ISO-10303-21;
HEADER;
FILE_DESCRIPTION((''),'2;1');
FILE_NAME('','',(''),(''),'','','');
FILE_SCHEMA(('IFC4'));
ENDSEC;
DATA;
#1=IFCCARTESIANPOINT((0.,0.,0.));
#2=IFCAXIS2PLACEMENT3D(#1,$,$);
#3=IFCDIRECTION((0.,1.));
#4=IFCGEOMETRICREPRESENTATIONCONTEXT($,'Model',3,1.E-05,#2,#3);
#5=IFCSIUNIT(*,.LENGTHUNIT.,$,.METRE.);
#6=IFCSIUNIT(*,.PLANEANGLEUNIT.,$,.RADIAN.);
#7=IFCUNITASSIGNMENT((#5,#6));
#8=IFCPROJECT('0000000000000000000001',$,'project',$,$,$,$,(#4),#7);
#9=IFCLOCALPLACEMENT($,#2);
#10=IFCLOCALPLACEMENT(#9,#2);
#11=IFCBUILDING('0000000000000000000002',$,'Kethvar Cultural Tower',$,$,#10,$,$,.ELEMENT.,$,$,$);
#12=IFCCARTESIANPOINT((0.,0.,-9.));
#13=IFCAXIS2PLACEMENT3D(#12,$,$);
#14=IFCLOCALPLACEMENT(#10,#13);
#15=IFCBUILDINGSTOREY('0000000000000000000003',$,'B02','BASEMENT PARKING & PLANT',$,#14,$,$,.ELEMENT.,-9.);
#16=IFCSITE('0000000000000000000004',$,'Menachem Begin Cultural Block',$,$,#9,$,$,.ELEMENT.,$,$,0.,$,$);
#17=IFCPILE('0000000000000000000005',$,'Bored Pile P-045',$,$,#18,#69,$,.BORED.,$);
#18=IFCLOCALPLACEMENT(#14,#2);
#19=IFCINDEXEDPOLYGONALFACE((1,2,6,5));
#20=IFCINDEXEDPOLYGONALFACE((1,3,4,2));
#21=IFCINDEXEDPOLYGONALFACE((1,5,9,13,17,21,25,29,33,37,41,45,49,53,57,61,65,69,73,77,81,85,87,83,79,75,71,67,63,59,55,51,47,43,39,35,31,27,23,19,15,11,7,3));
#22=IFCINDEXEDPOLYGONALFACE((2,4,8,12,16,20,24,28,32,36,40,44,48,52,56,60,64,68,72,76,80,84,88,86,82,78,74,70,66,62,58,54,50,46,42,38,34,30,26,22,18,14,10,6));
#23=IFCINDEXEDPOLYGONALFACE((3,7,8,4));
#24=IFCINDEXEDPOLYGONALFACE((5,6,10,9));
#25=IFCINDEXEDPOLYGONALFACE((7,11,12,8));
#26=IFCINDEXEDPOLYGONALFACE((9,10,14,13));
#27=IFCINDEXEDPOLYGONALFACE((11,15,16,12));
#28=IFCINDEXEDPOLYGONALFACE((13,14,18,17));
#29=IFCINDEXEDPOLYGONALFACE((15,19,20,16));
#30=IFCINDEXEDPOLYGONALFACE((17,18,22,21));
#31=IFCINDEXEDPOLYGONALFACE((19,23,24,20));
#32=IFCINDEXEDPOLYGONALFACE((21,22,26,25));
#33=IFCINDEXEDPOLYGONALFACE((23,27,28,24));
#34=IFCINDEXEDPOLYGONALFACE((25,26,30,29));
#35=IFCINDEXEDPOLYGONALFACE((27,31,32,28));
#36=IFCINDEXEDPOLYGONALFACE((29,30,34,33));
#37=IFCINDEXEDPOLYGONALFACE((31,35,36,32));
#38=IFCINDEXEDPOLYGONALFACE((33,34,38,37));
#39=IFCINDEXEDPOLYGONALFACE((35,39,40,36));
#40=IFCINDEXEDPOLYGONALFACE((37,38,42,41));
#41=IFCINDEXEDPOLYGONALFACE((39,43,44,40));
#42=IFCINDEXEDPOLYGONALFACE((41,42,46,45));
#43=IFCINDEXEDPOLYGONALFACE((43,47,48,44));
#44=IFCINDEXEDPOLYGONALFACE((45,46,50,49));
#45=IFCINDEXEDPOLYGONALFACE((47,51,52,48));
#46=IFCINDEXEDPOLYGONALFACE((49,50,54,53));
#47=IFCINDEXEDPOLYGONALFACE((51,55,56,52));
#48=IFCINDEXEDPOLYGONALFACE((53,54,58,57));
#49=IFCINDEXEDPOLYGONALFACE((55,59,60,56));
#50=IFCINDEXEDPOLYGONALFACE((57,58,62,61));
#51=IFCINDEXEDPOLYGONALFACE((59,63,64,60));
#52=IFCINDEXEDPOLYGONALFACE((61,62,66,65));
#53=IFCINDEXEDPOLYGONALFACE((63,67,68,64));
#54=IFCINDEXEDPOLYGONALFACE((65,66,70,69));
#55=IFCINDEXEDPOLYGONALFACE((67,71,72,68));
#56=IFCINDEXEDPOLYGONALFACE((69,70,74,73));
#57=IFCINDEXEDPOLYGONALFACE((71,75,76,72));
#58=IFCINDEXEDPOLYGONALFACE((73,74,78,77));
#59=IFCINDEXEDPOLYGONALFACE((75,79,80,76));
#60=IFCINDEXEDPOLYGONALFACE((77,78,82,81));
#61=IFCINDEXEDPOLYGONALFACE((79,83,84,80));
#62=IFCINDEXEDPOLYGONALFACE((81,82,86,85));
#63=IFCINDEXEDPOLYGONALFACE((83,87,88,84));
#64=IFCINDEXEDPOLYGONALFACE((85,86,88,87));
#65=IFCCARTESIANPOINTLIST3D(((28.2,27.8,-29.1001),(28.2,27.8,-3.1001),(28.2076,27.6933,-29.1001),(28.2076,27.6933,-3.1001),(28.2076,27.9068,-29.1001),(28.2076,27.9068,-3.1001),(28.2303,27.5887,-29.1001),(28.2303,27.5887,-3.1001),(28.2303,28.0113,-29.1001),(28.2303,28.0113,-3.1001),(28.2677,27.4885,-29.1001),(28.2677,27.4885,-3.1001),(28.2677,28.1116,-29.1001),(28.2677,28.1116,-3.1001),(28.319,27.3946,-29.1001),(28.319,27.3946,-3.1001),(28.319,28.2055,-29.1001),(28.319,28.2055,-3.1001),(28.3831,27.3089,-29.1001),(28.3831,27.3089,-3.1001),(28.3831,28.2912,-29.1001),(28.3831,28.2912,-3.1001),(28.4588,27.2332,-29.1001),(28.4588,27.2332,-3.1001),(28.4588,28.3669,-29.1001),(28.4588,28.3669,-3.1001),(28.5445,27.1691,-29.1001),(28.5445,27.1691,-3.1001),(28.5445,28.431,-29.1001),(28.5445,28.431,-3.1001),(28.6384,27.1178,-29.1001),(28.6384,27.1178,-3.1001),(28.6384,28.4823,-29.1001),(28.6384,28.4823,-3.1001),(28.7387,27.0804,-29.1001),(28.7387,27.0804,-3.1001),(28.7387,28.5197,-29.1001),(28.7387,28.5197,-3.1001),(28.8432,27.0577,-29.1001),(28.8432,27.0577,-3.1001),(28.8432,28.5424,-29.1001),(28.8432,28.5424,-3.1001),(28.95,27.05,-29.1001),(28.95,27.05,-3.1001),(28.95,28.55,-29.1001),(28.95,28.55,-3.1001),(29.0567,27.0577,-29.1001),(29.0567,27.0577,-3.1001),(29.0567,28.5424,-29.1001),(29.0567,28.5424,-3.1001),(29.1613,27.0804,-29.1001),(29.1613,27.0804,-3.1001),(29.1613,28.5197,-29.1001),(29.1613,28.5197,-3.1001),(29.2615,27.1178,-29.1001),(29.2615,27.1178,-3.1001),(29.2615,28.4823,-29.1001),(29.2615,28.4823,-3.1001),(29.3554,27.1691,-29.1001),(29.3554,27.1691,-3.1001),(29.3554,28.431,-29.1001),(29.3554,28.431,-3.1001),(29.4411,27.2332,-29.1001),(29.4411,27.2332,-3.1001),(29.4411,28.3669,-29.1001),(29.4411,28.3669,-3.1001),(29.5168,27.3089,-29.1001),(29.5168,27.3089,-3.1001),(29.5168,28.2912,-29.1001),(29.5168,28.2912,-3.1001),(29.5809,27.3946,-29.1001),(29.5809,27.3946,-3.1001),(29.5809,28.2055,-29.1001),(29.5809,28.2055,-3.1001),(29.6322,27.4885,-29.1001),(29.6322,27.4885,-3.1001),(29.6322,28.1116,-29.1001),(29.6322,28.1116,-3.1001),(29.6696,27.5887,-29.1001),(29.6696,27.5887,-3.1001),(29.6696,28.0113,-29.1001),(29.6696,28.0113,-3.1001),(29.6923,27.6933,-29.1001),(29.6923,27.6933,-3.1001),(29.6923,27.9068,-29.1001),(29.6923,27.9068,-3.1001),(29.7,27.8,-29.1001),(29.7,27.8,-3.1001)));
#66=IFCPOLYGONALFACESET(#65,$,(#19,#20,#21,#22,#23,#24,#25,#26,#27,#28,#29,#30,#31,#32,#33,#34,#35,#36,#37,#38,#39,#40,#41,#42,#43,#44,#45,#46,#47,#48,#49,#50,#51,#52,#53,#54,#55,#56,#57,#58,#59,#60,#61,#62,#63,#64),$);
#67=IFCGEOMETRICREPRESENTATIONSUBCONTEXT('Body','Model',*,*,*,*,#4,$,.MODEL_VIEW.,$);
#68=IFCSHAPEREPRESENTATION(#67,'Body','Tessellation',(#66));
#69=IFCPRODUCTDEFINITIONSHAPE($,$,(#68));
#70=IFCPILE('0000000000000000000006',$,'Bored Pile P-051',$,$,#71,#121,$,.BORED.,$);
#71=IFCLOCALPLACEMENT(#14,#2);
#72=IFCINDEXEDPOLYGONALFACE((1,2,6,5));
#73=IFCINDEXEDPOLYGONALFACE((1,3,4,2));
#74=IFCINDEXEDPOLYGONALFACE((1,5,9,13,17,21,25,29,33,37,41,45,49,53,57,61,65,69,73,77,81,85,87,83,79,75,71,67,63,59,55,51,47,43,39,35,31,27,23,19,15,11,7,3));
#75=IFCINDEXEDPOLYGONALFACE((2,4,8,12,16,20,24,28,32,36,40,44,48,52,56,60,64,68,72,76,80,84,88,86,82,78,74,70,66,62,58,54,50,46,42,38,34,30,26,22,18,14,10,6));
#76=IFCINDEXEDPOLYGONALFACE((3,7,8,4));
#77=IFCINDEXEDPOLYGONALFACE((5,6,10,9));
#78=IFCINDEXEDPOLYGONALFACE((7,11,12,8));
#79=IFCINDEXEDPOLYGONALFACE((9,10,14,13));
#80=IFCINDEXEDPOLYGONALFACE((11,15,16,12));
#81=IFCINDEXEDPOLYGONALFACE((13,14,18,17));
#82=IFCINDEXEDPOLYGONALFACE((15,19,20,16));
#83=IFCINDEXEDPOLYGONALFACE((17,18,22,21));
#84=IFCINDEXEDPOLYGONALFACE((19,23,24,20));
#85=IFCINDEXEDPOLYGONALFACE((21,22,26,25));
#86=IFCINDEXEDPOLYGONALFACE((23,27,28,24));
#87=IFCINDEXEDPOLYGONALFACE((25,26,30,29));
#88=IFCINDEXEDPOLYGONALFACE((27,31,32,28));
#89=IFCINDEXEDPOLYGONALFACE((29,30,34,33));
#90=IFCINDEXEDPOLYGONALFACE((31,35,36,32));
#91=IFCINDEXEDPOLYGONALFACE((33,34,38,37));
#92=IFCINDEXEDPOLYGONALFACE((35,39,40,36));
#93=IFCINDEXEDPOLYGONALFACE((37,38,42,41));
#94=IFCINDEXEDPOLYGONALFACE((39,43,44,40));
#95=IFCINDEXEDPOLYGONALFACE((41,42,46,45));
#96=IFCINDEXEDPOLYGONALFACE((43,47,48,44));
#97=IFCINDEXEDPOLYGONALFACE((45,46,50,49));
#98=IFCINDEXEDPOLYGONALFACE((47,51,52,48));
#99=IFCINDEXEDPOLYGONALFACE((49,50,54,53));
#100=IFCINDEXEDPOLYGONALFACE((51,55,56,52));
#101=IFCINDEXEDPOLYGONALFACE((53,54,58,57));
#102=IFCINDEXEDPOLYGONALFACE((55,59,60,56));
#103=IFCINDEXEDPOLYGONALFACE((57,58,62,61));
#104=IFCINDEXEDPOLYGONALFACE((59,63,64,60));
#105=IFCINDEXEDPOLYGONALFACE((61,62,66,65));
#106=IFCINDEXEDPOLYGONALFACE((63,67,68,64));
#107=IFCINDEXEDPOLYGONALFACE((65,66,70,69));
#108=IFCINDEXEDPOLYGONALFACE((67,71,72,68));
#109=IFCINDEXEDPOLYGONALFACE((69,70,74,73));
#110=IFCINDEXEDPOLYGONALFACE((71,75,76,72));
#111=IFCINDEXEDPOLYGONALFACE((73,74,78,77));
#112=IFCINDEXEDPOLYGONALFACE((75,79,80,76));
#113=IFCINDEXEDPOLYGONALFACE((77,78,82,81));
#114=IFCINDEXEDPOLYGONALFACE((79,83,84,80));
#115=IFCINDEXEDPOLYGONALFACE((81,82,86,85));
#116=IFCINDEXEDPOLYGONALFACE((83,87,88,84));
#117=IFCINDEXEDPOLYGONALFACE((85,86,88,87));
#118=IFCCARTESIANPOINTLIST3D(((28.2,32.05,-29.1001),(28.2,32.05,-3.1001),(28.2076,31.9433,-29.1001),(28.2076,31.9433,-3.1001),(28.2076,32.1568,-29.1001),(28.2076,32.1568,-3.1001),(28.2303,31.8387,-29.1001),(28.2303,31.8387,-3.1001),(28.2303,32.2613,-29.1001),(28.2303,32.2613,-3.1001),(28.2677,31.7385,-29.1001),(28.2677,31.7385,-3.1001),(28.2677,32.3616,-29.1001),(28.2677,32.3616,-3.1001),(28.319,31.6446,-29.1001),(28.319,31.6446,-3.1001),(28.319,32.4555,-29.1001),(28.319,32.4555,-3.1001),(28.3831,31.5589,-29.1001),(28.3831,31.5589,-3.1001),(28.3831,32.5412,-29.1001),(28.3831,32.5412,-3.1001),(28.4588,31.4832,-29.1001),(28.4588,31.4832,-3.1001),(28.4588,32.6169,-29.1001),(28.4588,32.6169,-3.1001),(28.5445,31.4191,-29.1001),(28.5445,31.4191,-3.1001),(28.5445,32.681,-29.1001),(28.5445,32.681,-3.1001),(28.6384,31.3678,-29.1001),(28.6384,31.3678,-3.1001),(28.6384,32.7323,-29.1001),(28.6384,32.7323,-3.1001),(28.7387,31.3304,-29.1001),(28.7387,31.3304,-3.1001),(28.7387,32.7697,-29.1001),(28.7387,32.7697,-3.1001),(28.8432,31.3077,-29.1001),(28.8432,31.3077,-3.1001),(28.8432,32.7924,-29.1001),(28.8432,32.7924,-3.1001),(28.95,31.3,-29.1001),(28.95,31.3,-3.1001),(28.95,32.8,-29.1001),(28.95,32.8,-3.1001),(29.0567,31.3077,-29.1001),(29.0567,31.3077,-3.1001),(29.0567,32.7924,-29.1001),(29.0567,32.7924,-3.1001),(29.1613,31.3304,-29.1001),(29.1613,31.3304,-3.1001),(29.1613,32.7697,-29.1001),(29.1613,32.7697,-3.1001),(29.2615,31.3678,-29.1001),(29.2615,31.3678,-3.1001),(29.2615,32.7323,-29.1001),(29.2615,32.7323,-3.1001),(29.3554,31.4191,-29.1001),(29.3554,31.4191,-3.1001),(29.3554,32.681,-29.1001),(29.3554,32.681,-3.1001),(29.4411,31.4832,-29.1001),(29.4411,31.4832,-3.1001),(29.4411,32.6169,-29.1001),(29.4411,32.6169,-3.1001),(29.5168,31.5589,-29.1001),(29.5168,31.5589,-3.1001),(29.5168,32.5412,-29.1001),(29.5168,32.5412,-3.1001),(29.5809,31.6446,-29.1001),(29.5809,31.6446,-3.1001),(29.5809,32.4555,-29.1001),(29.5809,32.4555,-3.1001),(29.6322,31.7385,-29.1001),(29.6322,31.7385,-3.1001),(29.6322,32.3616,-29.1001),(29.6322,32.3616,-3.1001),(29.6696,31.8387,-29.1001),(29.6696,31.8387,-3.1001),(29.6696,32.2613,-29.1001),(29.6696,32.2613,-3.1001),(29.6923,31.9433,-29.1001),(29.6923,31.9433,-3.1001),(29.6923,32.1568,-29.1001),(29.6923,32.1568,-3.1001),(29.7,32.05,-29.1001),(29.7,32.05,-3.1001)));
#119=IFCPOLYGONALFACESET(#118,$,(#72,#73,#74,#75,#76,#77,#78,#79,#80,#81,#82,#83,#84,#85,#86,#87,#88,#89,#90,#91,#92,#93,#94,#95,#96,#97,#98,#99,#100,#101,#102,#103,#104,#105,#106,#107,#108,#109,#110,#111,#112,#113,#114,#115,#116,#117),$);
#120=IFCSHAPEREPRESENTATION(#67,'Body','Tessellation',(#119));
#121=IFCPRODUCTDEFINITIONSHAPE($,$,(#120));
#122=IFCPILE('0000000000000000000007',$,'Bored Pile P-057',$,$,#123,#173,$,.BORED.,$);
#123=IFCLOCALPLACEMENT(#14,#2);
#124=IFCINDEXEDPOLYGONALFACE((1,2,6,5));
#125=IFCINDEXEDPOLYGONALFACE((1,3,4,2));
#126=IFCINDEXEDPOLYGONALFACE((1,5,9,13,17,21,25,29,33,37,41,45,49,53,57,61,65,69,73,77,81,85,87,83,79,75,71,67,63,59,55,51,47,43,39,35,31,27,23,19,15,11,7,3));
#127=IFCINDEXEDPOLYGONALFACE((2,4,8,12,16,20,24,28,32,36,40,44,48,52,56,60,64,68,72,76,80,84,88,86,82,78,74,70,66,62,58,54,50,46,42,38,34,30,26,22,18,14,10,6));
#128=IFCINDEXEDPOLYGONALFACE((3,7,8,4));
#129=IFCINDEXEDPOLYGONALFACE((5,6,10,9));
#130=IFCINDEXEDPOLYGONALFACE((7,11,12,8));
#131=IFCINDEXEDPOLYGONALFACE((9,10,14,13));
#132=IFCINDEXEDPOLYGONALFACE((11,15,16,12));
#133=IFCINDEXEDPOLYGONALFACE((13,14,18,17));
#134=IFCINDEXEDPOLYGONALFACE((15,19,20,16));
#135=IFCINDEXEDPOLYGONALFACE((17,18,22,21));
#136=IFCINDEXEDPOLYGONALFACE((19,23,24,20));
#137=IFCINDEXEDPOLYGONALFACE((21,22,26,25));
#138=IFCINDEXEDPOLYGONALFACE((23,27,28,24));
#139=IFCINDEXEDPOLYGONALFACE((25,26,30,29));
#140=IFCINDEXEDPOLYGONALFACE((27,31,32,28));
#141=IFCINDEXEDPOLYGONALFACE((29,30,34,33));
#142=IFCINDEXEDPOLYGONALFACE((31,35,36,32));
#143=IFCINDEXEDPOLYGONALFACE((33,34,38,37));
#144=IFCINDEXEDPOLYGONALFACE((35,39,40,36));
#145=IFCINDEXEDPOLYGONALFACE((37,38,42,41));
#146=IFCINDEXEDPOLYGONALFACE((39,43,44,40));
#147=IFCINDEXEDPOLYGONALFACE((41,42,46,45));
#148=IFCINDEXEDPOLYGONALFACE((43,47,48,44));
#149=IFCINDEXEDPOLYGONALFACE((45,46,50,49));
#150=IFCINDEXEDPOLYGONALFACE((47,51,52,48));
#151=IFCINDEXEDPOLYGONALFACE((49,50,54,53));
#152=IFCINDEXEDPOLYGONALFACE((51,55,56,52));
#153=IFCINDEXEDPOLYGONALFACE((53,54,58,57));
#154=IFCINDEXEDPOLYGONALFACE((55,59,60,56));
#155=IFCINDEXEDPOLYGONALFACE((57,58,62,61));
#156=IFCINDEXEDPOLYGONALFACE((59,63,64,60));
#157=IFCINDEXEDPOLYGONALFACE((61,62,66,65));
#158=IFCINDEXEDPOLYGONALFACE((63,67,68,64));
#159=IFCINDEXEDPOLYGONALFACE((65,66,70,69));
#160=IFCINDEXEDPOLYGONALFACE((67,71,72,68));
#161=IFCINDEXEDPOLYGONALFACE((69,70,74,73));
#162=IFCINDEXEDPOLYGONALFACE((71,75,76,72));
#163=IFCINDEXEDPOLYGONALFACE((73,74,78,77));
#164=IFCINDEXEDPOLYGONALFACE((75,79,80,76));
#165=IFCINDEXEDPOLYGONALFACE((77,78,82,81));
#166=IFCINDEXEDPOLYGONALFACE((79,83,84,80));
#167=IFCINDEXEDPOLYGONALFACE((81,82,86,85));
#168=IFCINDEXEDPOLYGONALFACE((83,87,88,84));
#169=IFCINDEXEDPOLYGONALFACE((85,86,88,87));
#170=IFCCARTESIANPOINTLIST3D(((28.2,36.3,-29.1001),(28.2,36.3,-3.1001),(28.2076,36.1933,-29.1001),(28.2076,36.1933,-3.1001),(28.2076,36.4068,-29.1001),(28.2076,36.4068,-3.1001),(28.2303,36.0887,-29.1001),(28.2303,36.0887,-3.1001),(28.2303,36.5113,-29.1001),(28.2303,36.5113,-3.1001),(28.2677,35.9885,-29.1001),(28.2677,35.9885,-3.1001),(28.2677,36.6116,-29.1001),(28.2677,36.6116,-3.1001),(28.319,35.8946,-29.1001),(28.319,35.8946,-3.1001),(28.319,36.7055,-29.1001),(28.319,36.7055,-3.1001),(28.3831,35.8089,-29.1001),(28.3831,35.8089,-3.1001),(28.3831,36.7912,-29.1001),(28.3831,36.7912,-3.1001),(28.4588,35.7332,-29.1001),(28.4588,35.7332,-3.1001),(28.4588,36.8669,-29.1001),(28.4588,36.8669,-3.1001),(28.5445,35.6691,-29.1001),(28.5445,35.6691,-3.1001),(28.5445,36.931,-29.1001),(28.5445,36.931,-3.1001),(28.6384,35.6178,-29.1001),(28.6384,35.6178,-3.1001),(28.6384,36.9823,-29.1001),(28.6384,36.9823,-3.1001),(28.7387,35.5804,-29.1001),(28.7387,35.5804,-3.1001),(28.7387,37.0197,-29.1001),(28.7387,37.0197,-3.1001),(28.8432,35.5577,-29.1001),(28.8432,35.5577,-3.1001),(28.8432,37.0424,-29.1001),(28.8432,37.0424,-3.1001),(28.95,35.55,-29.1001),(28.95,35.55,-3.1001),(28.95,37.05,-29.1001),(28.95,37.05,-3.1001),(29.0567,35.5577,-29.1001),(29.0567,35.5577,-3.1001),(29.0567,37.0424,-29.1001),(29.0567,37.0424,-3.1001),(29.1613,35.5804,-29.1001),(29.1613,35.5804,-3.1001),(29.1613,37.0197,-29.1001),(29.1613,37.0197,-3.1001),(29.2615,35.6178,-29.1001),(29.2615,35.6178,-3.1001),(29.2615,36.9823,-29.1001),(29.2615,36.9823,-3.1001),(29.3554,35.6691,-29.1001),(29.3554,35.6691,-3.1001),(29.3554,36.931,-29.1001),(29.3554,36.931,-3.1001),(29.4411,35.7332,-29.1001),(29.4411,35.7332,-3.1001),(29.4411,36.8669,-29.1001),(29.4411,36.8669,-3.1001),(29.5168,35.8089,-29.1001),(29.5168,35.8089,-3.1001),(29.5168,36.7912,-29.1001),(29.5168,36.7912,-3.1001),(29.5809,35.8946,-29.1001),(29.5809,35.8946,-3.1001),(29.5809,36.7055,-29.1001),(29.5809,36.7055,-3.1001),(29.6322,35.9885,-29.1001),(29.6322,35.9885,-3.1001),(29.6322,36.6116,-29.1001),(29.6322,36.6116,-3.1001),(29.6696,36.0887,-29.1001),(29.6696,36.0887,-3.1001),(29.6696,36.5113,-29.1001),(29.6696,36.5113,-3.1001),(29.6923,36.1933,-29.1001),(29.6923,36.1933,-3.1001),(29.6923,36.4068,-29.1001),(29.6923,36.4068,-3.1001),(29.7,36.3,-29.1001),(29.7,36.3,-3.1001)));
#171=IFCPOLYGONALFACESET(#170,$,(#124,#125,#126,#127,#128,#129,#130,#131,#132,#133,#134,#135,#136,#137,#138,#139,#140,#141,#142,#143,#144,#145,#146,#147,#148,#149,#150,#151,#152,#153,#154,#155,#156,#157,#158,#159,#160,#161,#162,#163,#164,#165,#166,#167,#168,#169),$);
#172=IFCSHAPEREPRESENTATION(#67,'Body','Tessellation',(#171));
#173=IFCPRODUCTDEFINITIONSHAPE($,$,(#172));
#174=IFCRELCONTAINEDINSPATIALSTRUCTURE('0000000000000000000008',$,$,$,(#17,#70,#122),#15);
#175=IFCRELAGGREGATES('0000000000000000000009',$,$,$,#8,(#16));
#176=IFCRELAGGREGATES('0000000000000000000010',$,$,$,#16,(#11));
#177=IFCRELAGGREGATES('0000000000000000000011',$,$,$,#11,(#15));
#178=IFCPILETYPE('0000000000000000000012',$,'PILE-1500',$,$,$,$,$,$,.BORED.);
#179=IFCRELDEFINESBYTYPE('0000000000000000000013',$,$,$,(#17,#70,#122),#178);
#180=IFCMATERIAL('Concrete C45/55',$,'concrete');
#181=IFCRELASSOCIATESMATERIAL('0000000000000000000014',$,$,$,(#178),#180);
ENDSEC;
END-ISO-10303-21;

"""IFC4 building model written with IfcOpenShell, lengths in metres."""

from ifc_helpers import new_model, si_unit, direction, frame, origin, origin_2d, place, context, subcontext, project, spatial, circle, extrude, source, transform, mapped, material, material_profile, profile_set, type_object, element, save


model = new_model("IFC4")

# Units and contexts
model_context = context("Model", 3, precision=1e-05, world=origin(), true_north=direction((0.0, 1.0)))
body_context = subcontext(model_context, "Body", "Model", "MODEL_VIEW")
ifc_project = project(units=[si_unit("LENGTHUNIT", "METRE"), si_unit("PLANEANGLEUNIT", "RADIAN")], contexts=[model_context])

# Site, building, storey
site_placement = place(None, origin())
site = spatial("IfcSite", under=ifc_project, at=site_placement, Name="Menachem Begin Cultural Block", CompositionType="ELEMENT", RefElevation=0.0)
building_placement = place(site_placement, origin())
building = spatial("IfcBuilding", under=site, at=building_placement, Name="Kethvar Cultural Tower", CompositionType="ELEMENT")
storey_placement = place(building_placement, frame((0.0, 0.0, -9.0)))
storey = spatial("IfcBuildingStorey", under=building, at=storey_placement, Name="B02", Description="BASEMENT PARKING & PLANT", CompositionType="ELEMENT", Elevation=-9.0)

# Piles
ifc_material_1 = material(Name="Concrete C45/55", Category="concrete")
ifc_material_profile_1 = material_profile(ifc_material_1, circle(Radius=0.75, at=origin_2d()), Name="Concrete C45/55 — PILE1500")
ifc_profile_set_1 = profile_set([ifc_material_profile_1], Name="Concrete C45/55 — PILE1500")
pile_type = type_object("IfcPileType", Name="PILE-1500", PredefinedType="BORED", material=ifc_profile_set_1)
shared_shape_1 = source(origin(), body_context, "Body", "SweptSolid", [
    extrude(circle(Radius=0.75, at=origin_2d()), origin(), (0.0, 0.0, 1.0), 26.0),
])
for number, where, z_axis, x_axis, name in (
    (1, (28.95, 27.8, -3.1001), (0.0, 0.0, -1.0), (1.0, 0.0, 0.0), "Bored Pile P-045"),
    (2, (28.95, 32.05, -3.1001), (0.0, 0.0, -1.0), (1.0, 0.0, 0.0), "Bored Pile P-051"),
    (3, (28.95, 36.3, -3.1001), (0.0, 0.0, -1.0), (1.0, 0.0, 0.0), "Bored Pile P-057"),
):
    element("IfcPile", number, at=place(storey_placement, frame(where, z_axis=z_axis, x_axis=x_axis)), inside=storey, type_object=pile_type, Name=name, PredefinedType="BORED", context=body_context, shape_type="MappedRepresentation", body=[
        mapped(shared_shape_1, transform((0.0, 0.0, 0.0), scale=1.0)),
    ])

save(model, "model.ifc")
